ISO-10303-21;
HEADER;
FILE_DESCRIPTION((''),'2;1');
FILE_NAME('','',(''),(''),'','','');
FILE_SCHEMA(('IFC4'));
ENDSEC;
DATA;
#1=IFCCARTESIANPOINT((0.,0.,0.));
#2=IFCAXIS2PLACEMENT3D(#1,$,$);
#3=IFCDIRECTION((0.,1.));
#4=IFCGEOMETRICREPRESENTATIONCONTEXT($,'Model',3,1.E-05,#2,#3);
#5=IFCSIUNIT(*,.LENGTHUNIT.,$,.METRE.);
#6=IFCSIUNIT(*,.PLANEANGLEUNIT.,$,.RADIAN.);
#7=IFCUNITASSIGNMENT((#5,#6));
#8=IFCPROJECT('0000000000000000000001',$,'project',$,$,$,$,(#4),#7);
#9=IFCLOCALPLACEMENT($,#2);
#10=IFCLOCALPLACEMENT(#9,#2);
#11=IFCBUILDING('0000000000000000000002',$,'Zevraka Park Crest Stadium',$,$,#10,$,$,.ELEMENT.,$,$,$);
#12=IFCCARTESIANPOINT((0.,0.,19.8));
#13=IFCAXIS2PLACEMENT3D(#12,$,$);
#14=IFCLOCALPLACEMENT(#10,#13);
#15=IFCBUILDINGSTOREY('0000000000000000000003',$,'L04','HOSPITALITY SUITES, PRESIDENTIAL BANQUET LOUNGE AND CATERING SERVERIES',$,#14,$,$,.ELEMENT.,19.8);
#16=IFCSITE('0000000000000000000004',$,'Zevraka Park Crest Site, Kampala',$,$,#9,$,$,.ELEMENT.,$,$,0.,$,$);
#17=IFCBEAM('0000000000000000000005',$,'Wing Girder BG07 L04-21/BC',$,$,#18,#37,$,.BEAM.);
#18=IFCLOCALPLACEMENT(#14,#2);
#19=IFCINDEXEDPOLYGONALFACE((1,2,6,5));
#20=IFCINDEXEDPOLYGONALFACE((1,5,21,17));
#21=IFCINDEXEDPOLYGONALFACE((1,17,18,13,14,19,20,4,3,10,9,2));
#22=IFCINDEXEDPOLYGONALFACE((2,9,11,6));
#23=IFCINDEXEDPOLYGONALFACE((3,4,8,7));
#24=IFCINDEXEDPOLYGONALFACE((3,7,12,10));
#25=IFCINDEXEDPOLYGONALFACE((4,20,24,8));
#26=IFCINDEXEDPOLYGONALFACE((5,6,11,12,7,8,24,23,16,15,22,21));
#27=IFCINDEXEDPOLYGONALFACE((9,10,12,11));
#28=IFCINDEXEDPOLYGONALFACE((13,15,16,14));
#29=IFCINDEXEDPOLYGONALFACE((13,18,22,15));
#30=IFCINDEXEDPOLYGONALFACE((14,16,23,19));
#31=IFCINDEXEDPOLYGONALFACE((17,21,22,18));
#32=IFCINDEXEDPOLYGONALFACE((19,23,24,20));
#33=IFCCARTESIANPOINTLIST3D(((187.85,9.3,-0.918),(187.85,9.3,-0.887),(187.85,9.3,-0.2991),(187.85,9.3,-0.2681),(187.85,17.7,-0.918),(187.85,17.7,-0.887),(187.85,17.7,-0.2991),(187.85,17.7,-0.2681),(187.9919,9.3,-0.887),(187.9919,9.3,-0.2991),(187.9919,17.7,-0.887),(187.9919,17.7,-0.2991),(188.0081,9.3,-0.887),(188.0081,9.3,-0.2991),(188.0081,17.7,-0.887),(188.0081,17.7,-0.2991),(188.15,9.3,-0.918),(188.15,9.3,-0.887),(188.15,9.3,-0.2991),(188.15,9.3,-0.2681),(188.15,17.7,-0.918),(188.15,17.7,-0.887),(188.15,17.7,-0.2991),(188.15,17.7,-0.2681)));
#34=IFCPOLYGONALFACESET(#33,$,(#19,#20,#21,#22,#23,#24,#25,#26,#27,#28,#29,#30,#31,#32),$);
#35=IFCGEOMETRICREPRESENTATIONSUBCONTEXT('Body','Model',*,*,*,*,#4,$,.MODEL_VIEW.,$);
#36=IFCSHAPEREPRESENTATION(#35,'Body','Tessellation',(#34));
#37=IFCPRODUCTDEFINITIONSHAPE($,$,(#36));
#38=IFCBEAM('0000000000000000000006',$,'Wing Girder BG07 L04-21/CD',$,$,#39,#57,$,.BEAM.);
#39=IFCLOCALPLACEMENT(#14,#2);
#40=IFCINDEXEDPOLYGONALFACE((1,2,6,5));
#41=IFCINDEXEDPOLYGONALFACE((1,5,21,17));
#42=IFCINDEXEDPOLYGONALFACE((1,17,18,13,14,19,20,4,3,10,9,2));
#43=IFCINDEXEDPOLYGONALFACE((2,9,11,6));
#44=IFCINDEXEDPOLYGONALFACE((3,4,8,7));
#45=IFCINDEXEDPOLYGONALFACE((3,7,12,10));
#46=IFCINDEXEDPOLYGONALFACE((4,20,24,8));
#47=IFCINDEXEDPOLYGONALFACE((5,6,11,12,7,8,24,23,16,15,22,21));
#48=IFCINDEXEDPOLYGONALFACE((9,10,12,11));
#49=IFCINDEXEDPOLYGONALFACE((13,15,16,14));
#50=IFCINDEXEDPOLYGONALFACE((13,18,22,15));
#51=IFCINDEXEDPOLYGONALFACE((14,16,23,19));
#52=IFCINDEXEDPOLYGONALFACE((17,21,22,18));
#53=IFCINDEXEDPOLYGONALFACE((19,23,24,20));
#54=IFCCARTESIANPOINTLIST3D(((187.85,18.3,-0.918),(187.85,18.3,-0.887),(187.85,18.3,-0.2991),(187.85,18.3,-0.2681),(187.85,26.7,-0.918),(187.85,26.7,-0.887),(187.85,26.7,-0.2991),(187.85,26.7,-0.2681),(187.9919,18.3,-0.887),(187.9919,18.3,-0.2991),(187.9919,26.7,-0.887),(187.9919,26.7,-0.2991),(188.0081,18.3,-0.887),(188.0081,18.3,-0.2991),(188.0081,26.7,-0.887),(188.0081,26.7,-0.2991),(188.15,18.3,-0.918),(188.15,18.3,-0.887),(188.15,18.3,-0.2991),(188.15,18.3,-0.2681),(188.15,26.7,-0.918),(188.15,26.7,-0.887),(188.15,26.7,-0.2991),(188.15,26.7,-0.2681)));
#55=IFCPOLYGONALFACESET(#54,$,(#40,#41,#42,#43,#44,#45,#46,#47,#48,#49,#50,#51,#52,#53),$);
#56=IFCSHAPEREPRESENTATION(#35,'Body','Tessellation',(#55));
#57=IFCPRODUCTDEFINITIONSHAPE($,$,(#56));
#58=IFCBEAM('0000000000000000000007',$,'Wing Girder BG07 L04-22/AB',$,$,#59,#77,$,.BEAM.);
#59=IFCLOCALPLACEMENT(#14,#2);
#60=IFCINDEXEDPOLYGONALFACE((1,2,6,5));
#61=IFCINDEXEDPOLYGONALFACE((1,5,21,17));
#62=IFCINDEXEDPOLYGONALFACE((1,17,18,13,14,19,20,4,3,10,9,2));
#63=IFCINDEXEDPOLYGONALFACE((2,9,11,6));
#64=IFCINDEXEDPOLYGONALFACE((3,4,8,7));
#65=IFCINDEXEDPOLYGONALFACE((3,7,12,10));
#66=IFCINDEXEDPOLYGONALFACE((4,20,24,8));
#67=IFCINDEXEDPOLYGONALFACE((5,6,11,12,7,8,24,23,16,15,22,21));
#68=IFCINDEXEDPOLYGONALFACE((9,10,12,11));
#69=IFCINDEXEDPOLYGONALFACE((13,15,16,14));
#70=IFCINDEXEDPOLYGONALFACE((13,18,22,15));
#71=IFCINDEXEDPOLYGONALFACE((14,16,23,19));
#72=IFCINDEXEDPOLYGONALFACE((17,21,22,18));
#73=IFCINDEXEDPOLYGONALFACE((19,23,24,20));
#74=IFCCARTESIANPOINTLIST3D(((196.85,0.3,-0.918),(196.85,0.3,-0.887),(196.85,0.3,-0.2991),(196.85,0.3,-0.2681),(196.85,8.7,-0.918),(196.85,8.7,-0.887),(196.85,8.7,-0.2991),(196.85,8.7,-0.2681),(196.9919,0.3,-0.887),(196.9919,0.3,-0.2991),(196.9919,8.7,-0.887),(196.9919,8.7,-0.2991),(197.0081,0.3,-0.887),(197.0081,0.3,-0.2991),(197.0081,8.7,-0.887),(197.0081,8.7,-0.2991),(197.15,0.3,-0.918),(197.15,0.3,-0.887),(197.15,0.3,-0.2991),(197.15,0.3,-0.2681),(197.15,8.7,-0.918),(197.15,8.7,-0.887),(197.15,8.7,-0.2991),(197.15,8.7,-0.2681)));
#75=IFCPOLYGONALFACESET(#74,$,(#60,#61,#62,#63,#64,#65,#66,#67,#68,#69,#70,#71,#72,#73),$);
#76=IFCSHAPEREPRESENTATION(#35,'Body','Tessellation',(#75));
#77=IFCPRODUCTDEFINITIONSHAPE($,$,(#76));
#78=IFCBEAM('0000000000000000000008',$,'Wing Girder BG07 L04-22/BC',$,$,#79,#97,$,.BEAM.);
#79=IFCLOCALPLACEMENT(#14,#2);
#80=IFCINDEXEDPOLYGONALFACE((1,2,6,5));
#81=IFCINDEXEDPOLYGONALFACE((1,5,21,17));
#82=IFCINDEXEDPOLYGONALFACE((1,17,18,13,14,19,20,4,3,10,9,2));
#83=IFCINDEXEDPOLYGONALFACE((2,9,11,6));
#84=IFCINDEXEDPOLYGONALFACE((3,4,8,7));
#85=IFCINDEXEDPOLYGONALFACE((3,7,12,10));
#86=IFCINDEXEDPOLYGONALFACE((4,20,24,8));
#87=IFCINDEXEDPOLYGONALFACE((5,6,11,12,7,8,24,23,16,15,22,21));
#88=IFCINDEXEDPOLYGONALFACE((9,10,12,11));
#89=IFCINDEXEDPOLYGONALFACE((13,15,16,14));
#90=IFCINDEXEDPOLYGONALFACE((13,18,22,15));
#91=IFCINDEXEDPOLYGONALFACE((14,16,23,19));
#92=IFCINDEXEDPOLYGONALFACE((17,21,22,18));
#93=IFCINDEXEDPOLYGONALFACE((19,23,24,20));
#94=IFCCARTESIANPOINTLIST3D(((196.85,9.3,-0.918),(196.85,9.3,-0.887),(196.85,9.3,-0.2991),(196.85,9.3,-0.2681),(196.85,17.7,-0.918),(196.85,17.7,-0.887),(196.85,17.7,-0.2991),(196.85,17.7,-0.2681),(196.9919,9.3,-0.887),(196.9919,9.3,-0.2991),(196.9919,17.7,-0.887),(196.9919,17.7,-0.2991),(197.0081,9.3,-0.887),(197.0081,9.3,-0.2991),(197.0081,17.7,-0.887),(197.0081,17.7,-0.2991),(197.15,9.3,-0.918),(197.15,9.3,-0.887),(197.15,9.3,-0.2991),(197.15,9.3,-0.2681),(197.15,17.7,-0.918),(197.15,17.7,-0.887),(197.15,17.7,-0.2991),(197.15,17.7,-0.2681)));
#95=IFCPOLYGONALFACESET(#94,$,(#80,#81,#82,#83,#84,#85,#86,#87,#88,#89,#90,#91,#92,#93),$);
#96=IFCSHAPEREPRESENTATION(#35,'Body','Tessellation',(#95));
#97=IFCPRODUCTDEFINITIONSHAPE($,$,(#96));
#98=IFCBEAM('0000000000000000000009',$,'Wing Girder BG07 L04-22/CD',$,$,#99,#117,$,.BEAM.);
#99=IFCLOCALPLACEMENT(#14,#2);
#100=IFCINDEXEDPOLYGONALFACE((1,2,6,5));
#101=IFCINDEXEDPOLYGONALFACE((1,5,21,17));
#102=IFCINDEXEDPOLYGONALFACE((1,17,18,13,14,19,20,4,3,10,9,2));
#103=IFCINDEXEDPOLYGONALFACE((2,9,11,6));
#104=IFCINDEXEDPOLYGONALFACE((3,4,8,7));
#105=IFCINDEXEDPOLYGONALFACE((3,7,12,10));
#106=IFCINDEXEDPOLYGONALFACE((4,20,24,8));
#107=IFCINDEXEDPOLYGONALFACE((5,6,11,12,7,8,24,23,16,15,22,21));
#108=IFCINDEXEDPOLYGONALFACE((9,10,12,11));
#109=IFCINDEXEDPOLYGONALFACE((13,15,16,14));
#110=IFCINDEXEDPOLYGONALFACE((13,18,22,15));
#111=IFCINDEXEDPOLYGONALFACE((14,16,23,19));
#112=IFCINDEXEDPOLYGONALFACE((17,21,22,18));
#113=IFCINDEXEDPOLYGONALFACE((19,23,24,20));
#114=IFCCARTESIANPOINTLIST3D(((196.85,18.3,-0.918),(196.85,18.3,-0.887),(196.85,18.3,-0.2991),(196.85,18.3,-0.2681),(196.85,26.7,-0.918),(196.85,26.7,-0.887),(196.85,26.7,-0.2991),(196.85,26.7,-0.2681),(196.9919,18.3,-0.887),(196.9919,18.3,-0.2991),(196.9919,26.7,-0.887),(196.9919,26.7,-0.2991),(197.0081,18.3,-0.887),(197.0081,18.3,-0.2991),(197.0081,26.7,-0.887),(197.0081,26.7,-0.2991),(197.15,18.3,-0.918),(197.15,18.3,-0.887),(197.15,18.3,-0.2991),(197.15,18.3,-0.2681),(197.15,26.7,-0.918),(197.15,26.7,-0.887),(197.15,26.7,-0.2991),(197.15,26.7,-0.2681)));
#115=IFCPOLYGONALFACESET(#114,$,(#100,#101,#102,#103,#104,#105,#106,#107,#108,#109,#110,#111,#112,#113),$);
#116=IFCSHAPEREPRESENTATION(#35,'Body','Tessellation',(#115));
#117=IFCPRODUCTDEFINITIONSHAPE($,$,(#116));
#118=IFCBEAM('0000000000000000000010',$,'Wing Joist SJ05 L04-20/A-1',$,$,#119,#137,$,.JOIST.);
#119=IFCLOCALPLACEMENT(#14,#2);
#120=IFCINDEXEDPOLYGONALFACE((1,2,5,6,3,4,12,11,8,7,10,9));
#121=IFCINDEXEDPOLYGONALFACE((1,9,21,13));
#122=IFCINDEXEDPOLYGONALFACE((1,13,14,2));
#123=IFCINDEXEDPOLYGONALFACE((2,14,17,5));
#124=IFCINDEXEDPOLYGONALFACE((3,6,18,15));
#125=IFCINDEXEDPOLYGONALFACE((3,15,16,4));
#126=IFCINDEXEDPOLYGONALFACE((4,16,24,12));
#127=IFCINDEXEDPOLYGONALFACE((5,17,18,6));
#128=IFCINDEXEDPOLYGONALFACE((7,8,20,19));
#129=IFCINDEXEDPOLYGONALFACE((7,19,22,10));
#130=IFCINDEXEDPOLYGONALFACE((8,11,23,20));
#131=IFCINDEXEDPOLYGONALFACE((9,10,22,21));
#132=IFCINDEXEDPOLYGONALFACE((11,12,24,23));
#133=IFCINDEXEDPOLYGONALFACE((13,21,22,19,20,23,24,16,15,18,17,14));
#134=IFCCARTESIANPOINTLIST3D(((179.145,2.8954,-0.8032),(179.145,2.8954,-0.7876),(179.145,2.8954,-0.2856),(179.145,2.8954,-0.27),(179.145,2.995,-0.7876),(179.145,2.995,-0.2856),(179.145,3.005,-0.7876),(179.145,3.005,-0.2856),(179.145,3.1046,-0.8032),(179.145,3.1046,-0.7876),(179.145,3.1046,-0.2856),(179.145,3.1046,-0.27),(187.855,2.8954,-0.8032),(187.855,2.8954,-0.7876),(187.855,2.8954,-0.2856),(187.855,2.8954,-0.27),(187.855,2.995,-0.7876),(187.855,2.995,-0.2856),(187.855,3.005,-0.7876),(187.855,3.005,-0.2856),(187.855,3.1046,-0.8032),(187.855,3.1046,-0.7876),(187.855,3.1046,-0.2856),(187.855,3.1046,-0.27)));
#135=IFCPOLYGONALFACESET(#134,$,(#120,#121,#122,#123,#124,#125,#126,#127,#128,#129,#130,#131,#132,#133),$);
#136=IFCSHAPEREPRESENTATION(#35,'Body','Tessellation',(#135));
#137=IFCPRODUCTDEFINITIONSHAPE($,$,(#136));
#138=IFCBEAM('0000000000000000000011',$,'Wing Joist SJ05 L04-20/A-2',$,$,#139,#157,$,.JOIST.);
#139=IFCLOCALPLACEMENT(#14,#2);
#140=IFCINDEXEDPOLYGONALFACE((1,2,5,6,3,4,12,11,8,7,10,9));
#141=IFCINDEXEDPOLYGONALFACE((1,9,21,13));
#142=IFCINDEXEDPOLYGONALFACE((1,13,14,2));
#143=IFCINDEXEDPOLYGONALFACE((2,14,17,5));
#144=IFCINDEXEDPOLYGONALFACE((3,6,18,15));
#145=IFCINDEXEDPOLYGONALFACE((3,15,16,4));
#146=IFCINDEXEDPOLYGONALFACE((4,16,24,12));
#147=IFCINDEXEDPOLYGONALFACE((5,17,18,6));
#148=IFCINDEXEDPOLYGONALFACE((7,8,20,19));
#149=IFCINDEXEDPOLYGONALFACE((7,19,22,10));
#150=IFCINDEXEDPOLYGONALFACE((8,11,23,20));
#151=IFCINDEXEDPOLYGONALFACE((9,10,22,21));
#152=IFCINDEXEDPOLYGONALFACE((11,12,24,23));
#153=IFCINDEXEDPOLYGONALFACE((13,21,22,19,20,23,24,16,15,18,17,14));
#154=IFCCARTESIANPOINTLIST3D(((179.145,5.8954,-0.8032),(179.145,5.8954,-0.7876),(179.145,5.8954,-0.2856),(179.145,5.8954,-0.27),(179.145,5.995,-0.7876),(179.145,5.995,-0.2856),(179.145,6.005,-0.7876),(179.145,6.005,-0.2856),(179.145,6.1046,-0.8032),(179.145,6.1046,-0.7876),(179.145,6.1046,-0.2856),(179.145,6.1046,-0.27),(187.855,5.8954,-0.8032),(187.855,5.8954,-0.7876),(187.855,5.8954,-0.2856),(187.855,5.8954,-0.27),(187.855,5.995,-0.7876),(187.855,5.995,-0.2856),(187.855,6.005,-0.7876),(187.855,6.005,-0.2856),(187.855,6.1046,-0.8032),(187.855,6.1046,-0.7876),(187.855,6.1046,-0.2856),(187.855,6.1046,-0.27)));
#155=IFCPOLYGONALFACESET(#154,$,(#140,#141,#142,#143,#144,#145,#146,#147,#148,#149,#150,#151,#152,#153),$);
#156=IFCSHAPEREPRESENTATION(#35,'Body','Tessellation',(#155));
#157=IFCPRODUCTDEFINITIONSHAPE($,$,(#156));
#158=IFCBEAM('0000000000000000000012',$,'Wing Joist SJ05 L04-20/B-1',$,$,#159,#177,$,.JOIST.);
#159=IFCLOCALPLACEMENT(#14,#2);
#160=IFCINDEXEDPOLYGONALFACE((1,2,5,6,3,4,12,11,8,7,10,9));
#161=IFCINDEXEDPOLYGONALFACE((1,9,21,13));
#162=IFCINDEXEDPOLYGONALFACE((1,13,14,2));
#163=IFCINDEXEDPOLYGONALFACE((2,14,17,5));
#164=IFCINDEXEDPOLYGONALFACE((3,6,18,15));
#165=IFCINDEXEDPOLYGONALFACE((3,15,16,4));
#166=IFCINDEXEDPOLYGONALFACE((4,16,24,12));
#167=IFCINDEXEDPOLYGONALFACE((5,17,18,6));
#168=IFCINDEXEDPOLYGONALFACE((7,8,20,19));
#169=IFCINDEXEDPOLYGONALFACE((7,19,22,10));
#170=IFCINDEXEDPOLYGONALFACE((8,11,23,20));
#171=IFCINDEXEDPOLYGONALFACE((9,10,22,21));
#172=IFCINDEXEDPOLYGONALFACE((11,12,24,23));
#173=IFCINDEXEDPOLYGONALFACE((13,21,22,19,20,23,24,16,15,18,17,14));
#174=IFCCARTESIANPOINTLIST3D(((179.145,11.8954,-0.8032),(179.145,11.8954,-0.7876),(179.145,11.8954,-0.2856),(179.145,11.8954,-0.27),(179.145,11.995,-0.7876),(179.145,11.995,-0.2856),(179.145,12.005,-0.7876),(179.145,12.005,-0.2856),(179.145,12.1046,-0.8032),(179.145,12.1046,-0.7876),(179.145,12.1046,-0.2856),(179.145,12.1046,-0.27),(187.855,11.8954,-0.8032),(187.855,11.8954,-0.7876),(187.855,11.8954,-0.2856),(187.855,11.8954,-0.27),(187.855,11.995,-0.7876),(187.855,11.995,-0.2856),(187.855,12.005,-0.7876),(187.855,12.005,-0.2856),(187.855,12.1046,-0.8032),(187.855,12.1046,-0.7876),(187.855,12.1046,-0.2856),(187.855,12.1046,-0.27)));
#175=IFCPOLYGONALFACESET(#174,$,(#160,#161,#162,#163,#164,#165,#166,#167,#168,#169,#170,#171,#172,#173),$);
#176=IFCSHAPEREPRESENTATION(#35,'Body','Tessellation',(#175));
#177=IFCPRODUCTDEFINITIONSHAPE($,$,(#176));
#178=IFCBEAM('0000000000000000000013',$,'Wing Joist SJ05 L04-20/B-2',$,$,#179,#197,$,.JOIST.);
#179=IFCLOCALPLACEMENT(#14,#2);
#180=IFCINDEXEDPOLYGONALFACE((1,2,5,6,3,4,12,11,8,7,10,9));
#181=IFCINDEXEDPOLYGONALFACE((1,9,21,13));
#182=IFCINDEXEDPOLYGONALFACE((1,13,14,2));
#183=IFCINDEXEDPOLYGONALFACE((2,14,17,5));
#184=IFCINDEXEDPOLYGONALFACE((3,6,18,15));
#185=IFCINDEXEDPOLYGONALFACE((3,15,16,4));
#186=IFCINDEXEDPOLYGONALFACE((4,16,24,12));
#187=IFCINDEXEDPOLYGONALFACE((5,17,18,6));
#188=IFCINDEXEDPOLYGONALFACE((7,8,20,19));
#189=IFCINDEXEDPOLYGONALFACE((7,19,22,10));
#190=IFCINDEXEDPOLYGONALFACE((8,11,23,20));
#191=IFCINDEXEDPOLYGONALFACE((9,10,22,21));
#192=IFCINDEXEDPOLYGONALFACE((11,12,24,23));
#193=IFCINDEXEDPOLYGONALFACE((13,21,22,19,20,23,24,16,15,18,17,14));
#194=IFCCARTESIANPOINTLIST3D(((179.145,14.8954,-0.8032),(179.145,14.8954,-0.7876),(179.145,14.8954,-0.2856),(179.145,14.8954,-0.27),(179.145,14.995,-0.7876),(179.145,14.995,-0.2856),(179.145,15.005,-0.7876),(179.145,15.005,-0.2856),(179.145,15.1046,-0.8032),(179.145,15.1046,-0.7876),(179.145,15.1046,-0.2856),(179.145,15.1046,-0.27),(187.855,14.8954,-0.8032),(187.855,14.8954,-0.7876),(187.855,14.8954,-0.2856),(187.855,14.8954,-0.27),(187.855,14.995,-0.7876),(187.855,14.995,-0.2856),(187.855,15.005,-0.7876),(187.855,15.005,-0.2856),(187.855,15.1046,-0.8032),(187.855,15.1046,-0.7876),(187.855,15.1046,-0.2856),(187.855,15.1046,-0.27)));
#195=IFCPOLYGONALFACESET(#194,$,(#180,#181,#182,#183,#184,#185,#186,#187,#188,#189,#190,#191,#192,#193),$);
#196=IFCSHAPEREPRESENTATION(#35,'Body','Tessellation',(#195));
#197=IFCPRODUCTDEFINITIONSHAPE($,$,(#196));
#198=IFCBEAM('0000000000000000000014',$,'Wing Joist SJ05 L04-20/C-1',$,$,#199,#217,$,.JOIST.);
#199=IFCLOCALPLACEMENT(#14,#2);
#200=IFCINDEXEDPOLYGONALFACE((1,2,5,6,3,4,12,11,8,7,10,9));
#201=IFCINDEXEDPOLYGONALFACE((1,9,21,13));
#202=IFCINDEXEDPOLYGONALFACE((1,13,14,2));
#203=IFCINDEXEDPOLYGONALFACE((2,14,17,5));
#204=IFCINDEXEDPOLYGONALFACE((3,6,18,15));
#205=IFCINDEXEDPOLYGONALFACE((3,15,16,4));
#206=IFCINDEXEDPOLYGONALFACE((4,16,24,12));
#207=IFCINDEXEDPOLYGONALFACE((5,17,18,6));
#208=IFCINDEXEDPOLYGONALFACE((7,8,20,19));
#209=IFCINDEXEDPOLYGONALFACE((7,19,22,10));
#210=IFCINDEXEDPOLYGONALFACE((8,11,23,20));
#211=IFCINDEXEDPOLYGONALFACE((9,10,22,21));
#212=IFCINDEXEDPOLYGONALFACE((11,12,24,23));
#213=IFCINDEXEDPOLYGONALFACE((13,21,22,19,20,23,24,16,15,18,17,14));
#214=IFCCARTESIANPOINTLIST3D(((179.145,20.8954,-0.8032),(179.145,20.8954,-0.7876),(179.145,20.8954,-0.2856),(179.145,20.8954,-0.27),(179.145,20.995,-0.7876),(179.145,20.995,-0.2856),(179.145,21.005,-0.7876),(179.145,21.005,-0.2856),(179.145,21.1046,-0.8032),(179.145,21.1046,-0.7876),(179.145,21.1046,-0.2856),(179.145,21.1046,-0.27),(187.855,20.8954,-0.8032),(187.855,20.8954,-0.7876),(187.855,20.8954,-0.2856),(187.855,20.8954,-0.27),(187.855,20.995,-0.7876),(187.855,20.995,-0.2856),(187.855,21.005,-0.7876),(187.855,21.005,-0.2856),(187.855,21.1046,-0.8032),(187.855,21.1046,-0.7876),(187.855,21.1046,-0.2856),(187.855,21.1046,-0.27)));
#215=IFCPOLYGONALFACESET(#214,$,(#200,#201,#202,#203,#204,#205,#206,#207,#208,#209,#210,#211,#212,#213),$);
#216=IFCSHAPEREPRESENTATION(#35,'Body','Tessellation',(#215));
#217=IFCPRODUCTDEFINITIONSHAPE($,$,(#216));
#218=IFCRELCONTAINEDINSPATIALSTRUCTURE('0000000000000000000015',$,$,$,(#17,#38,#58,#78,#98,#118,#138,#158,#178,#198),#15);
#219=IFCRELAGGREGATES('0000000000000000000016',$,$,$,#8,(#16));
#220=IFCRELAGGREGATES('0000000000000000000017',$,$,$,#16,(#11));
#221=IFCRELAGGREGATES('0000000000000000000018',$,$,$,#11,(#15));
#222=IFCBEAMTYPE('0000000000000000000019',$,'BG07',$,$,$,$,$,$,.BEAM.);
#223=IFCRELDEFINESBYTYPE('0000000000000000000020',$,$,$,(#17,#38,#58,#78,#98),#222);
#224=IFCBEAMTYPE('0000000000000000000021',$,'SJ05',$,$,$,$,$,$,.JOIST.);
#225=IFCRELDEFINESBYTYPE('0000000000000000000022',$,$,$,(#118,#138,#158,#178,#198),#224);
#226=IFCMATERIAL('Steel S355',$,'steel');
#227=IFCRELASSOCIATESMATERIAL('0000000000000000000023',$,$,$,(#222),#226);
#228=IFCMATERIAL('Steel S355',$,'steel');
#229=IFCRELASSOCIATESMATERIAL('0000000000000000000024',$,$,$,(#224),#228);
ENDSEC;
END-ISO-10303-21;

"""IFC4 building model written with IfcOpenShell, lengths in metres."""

from ifc_helpers import new_model, si_unit, direction, frame, origin, origin_2d, place, context, subcontext, project, spatial, i_section, extrude, material, material_profile, profile_set, type_object, element, save


model = new_model("IFC4")

# Units and contexts
model_context = context("Model", 3, precision=1e-05, world=origin(), true_north=direction((0.0, 1.0)))
body_context = subcontext(model_context, "Body", "Model", "MODEL_VIEW")
ifc_project = project(units=[si_unit("LENGTHUNIT", "METRE"), si_unit("PLANEANGLEUNIT", "RADIAN")], contexts=[model_context])

# Site, building, storey
site_placement = place(None, origin())
site = spatial("IfcSite", under=ifc_project, at=site_placement, Name="Zevraka Park Crest Site, Kampala", CompositionType="ELEMENT", RefElevation=0.0)
building_placement = place(site_placement, origin())
building = spatial("IfcBuilding", under=site, at=building_placement, Name="Zevraka Park Crest Stadium", CompositionType="ELEMENT")
storey_placement = place(building_placement, frame((0.0, 0.0, 19.8)))
storey = spatial("IfcBuildingStorey", under=building, at=storey_placement, Name="L04", Description="HOSPITALITY SUITES, PRESIDENTIAL BANQUET LOUNGE AND CATERING SERVERIES", CompositionType="ELEMENT", Elevation=19.8)

# Beams
ifc_material_1 = material(Name="Steel S355", Category="steel")
ifc_material_profile_1 = material_profile(ifc_material_1, i_section(OverallWidth=0.3, OverallDepth=0.6499, WebThickness=0.0161, FlangeThickness=0.031, at=origin_2d()), Name="HEB 650")
ifc_profile_set_1 = profile_set([ifc_material_profile_1], Name="Steel S355")
beam_type_1 = type_object("IfcBeamType", Name="BG07", PredefinedType="BEAM", material=ifc_profile_set_1)
for number, where, z_axis, x_axis, name in (
    (1, (188.0, 9.3, -0.593), (0.0, 1.0, 0.0), (-1.0, 0.0, 0.0), "Wing Girder BG07 L04-21/BC"),
    (2, (188.0, 18.3, -0.593), (0.0, 1.0, 0.0), (-1.0, 0.0, 0.0), "Wing Girder BG07 L04-21/CD"),
    (3, (197.0, 0.3, -0.593), (0.0, 1.0, 0.0), (-1.0, 0.0, 0.0), "Wing Girder BG07 L04-22/AB"),
    (4, (197.0, 9.3, -0.593), (0.0, 1.0, 0.0), (-1.0, 0.0, 0.0), "Wing Girder BG07 L04-22/BC"),
    (5, (197.0, 18.3, -0.593), (0.0, 1.0, 0.0), (-1.0, 0.0, 0.0), "Wing Girder BG07 L04-22/CD"),
):
    element("IfcBeam", number, at=place(storey_placement, frame(where, z_axis=z_axis, x_axis=x_axis)), inside=storey, type_object=beam_type_1, Name=name, PredefinedType="BEAM", context=body_context, shape_type="SweptSolid", body=[
        extrude(i_section(OverallWidth=0.3, OverallDepth=0.6499, WebThickness=0.0161, FlangeThickness=0.031, at=origin_2d()), origin(), (0.0, 0.0, 1.0), 8.3999),
    ])
ifc_material_2 = material(Name="Steel S355", Category="steel")
ifc_material_profile_2 = material_profile(ifc_material_2, i_section(OverallWidth=0.2092, OverallDepth=0.5332, WebThickness=0.01, FlangeThickness=0.0156, at=origin_2d()), Name="UKB 533x210x92")
ifc_profile_set_2 = profile_set([ifc_material_profile_2], Name="Steel S355")
beam_type_2 = type_object("IfcBeamType", Name="SJ05", PredefinedType="JOIST", material=ifc_profile_set_2)
for number, where, z_axis, x_axis, name in (
    (6, (179.145, 3.0, -0.5366), (1.0, 0.0, 0.0), (0.0, 1.0, 0.0), "Wing Joist SJ05 L04-20/A-1"),
    (7, (179.145, 6.0, -0.5366), (1.0, 0.0, 0.0), (0.0, 1.0, 0.0), "Wing Joist SJ05 L04-20/A-2"),
    (8, (179.145, 12.0, -0.5366), (1.0, 0.0, 0.0), (0.0, 1.0, 0.0), "Wing Joist SJ05 L04-20/B-1"),
    (9, (179.145, 15.0, -0.5366), (1.0, 0.0, 0.0), (0.0, 1.0, 0.0), "Wing Joist SJ05 L04-20/B-2"),
    (10, (179.145, 21.0, -0.5366), (1.0, 0.0, 0.0), (0.0, 1.0, 0.0), "Wing Joist SJ05 L04-20/C-1"),
):
    element("IfcBeam", number, at=place(storey_placement, frame(where, z_axis=z_axis, x_axis=x_axis)), inside=storey, type_object=beam_type_2, Name=name, PredefinedType="JOIST", context=body_context, shape_type="SweptSolid", body=[
        extrude(i_section(OverallWidth=0.2092, OverallDepth=0.5332, WebThickness=0.01, FlangeThickness=0.0156, at=origin_2d()), origin(), (0.0, 0.0, 1.0), 8.71),
    ])

save(model, "model.ifc")
